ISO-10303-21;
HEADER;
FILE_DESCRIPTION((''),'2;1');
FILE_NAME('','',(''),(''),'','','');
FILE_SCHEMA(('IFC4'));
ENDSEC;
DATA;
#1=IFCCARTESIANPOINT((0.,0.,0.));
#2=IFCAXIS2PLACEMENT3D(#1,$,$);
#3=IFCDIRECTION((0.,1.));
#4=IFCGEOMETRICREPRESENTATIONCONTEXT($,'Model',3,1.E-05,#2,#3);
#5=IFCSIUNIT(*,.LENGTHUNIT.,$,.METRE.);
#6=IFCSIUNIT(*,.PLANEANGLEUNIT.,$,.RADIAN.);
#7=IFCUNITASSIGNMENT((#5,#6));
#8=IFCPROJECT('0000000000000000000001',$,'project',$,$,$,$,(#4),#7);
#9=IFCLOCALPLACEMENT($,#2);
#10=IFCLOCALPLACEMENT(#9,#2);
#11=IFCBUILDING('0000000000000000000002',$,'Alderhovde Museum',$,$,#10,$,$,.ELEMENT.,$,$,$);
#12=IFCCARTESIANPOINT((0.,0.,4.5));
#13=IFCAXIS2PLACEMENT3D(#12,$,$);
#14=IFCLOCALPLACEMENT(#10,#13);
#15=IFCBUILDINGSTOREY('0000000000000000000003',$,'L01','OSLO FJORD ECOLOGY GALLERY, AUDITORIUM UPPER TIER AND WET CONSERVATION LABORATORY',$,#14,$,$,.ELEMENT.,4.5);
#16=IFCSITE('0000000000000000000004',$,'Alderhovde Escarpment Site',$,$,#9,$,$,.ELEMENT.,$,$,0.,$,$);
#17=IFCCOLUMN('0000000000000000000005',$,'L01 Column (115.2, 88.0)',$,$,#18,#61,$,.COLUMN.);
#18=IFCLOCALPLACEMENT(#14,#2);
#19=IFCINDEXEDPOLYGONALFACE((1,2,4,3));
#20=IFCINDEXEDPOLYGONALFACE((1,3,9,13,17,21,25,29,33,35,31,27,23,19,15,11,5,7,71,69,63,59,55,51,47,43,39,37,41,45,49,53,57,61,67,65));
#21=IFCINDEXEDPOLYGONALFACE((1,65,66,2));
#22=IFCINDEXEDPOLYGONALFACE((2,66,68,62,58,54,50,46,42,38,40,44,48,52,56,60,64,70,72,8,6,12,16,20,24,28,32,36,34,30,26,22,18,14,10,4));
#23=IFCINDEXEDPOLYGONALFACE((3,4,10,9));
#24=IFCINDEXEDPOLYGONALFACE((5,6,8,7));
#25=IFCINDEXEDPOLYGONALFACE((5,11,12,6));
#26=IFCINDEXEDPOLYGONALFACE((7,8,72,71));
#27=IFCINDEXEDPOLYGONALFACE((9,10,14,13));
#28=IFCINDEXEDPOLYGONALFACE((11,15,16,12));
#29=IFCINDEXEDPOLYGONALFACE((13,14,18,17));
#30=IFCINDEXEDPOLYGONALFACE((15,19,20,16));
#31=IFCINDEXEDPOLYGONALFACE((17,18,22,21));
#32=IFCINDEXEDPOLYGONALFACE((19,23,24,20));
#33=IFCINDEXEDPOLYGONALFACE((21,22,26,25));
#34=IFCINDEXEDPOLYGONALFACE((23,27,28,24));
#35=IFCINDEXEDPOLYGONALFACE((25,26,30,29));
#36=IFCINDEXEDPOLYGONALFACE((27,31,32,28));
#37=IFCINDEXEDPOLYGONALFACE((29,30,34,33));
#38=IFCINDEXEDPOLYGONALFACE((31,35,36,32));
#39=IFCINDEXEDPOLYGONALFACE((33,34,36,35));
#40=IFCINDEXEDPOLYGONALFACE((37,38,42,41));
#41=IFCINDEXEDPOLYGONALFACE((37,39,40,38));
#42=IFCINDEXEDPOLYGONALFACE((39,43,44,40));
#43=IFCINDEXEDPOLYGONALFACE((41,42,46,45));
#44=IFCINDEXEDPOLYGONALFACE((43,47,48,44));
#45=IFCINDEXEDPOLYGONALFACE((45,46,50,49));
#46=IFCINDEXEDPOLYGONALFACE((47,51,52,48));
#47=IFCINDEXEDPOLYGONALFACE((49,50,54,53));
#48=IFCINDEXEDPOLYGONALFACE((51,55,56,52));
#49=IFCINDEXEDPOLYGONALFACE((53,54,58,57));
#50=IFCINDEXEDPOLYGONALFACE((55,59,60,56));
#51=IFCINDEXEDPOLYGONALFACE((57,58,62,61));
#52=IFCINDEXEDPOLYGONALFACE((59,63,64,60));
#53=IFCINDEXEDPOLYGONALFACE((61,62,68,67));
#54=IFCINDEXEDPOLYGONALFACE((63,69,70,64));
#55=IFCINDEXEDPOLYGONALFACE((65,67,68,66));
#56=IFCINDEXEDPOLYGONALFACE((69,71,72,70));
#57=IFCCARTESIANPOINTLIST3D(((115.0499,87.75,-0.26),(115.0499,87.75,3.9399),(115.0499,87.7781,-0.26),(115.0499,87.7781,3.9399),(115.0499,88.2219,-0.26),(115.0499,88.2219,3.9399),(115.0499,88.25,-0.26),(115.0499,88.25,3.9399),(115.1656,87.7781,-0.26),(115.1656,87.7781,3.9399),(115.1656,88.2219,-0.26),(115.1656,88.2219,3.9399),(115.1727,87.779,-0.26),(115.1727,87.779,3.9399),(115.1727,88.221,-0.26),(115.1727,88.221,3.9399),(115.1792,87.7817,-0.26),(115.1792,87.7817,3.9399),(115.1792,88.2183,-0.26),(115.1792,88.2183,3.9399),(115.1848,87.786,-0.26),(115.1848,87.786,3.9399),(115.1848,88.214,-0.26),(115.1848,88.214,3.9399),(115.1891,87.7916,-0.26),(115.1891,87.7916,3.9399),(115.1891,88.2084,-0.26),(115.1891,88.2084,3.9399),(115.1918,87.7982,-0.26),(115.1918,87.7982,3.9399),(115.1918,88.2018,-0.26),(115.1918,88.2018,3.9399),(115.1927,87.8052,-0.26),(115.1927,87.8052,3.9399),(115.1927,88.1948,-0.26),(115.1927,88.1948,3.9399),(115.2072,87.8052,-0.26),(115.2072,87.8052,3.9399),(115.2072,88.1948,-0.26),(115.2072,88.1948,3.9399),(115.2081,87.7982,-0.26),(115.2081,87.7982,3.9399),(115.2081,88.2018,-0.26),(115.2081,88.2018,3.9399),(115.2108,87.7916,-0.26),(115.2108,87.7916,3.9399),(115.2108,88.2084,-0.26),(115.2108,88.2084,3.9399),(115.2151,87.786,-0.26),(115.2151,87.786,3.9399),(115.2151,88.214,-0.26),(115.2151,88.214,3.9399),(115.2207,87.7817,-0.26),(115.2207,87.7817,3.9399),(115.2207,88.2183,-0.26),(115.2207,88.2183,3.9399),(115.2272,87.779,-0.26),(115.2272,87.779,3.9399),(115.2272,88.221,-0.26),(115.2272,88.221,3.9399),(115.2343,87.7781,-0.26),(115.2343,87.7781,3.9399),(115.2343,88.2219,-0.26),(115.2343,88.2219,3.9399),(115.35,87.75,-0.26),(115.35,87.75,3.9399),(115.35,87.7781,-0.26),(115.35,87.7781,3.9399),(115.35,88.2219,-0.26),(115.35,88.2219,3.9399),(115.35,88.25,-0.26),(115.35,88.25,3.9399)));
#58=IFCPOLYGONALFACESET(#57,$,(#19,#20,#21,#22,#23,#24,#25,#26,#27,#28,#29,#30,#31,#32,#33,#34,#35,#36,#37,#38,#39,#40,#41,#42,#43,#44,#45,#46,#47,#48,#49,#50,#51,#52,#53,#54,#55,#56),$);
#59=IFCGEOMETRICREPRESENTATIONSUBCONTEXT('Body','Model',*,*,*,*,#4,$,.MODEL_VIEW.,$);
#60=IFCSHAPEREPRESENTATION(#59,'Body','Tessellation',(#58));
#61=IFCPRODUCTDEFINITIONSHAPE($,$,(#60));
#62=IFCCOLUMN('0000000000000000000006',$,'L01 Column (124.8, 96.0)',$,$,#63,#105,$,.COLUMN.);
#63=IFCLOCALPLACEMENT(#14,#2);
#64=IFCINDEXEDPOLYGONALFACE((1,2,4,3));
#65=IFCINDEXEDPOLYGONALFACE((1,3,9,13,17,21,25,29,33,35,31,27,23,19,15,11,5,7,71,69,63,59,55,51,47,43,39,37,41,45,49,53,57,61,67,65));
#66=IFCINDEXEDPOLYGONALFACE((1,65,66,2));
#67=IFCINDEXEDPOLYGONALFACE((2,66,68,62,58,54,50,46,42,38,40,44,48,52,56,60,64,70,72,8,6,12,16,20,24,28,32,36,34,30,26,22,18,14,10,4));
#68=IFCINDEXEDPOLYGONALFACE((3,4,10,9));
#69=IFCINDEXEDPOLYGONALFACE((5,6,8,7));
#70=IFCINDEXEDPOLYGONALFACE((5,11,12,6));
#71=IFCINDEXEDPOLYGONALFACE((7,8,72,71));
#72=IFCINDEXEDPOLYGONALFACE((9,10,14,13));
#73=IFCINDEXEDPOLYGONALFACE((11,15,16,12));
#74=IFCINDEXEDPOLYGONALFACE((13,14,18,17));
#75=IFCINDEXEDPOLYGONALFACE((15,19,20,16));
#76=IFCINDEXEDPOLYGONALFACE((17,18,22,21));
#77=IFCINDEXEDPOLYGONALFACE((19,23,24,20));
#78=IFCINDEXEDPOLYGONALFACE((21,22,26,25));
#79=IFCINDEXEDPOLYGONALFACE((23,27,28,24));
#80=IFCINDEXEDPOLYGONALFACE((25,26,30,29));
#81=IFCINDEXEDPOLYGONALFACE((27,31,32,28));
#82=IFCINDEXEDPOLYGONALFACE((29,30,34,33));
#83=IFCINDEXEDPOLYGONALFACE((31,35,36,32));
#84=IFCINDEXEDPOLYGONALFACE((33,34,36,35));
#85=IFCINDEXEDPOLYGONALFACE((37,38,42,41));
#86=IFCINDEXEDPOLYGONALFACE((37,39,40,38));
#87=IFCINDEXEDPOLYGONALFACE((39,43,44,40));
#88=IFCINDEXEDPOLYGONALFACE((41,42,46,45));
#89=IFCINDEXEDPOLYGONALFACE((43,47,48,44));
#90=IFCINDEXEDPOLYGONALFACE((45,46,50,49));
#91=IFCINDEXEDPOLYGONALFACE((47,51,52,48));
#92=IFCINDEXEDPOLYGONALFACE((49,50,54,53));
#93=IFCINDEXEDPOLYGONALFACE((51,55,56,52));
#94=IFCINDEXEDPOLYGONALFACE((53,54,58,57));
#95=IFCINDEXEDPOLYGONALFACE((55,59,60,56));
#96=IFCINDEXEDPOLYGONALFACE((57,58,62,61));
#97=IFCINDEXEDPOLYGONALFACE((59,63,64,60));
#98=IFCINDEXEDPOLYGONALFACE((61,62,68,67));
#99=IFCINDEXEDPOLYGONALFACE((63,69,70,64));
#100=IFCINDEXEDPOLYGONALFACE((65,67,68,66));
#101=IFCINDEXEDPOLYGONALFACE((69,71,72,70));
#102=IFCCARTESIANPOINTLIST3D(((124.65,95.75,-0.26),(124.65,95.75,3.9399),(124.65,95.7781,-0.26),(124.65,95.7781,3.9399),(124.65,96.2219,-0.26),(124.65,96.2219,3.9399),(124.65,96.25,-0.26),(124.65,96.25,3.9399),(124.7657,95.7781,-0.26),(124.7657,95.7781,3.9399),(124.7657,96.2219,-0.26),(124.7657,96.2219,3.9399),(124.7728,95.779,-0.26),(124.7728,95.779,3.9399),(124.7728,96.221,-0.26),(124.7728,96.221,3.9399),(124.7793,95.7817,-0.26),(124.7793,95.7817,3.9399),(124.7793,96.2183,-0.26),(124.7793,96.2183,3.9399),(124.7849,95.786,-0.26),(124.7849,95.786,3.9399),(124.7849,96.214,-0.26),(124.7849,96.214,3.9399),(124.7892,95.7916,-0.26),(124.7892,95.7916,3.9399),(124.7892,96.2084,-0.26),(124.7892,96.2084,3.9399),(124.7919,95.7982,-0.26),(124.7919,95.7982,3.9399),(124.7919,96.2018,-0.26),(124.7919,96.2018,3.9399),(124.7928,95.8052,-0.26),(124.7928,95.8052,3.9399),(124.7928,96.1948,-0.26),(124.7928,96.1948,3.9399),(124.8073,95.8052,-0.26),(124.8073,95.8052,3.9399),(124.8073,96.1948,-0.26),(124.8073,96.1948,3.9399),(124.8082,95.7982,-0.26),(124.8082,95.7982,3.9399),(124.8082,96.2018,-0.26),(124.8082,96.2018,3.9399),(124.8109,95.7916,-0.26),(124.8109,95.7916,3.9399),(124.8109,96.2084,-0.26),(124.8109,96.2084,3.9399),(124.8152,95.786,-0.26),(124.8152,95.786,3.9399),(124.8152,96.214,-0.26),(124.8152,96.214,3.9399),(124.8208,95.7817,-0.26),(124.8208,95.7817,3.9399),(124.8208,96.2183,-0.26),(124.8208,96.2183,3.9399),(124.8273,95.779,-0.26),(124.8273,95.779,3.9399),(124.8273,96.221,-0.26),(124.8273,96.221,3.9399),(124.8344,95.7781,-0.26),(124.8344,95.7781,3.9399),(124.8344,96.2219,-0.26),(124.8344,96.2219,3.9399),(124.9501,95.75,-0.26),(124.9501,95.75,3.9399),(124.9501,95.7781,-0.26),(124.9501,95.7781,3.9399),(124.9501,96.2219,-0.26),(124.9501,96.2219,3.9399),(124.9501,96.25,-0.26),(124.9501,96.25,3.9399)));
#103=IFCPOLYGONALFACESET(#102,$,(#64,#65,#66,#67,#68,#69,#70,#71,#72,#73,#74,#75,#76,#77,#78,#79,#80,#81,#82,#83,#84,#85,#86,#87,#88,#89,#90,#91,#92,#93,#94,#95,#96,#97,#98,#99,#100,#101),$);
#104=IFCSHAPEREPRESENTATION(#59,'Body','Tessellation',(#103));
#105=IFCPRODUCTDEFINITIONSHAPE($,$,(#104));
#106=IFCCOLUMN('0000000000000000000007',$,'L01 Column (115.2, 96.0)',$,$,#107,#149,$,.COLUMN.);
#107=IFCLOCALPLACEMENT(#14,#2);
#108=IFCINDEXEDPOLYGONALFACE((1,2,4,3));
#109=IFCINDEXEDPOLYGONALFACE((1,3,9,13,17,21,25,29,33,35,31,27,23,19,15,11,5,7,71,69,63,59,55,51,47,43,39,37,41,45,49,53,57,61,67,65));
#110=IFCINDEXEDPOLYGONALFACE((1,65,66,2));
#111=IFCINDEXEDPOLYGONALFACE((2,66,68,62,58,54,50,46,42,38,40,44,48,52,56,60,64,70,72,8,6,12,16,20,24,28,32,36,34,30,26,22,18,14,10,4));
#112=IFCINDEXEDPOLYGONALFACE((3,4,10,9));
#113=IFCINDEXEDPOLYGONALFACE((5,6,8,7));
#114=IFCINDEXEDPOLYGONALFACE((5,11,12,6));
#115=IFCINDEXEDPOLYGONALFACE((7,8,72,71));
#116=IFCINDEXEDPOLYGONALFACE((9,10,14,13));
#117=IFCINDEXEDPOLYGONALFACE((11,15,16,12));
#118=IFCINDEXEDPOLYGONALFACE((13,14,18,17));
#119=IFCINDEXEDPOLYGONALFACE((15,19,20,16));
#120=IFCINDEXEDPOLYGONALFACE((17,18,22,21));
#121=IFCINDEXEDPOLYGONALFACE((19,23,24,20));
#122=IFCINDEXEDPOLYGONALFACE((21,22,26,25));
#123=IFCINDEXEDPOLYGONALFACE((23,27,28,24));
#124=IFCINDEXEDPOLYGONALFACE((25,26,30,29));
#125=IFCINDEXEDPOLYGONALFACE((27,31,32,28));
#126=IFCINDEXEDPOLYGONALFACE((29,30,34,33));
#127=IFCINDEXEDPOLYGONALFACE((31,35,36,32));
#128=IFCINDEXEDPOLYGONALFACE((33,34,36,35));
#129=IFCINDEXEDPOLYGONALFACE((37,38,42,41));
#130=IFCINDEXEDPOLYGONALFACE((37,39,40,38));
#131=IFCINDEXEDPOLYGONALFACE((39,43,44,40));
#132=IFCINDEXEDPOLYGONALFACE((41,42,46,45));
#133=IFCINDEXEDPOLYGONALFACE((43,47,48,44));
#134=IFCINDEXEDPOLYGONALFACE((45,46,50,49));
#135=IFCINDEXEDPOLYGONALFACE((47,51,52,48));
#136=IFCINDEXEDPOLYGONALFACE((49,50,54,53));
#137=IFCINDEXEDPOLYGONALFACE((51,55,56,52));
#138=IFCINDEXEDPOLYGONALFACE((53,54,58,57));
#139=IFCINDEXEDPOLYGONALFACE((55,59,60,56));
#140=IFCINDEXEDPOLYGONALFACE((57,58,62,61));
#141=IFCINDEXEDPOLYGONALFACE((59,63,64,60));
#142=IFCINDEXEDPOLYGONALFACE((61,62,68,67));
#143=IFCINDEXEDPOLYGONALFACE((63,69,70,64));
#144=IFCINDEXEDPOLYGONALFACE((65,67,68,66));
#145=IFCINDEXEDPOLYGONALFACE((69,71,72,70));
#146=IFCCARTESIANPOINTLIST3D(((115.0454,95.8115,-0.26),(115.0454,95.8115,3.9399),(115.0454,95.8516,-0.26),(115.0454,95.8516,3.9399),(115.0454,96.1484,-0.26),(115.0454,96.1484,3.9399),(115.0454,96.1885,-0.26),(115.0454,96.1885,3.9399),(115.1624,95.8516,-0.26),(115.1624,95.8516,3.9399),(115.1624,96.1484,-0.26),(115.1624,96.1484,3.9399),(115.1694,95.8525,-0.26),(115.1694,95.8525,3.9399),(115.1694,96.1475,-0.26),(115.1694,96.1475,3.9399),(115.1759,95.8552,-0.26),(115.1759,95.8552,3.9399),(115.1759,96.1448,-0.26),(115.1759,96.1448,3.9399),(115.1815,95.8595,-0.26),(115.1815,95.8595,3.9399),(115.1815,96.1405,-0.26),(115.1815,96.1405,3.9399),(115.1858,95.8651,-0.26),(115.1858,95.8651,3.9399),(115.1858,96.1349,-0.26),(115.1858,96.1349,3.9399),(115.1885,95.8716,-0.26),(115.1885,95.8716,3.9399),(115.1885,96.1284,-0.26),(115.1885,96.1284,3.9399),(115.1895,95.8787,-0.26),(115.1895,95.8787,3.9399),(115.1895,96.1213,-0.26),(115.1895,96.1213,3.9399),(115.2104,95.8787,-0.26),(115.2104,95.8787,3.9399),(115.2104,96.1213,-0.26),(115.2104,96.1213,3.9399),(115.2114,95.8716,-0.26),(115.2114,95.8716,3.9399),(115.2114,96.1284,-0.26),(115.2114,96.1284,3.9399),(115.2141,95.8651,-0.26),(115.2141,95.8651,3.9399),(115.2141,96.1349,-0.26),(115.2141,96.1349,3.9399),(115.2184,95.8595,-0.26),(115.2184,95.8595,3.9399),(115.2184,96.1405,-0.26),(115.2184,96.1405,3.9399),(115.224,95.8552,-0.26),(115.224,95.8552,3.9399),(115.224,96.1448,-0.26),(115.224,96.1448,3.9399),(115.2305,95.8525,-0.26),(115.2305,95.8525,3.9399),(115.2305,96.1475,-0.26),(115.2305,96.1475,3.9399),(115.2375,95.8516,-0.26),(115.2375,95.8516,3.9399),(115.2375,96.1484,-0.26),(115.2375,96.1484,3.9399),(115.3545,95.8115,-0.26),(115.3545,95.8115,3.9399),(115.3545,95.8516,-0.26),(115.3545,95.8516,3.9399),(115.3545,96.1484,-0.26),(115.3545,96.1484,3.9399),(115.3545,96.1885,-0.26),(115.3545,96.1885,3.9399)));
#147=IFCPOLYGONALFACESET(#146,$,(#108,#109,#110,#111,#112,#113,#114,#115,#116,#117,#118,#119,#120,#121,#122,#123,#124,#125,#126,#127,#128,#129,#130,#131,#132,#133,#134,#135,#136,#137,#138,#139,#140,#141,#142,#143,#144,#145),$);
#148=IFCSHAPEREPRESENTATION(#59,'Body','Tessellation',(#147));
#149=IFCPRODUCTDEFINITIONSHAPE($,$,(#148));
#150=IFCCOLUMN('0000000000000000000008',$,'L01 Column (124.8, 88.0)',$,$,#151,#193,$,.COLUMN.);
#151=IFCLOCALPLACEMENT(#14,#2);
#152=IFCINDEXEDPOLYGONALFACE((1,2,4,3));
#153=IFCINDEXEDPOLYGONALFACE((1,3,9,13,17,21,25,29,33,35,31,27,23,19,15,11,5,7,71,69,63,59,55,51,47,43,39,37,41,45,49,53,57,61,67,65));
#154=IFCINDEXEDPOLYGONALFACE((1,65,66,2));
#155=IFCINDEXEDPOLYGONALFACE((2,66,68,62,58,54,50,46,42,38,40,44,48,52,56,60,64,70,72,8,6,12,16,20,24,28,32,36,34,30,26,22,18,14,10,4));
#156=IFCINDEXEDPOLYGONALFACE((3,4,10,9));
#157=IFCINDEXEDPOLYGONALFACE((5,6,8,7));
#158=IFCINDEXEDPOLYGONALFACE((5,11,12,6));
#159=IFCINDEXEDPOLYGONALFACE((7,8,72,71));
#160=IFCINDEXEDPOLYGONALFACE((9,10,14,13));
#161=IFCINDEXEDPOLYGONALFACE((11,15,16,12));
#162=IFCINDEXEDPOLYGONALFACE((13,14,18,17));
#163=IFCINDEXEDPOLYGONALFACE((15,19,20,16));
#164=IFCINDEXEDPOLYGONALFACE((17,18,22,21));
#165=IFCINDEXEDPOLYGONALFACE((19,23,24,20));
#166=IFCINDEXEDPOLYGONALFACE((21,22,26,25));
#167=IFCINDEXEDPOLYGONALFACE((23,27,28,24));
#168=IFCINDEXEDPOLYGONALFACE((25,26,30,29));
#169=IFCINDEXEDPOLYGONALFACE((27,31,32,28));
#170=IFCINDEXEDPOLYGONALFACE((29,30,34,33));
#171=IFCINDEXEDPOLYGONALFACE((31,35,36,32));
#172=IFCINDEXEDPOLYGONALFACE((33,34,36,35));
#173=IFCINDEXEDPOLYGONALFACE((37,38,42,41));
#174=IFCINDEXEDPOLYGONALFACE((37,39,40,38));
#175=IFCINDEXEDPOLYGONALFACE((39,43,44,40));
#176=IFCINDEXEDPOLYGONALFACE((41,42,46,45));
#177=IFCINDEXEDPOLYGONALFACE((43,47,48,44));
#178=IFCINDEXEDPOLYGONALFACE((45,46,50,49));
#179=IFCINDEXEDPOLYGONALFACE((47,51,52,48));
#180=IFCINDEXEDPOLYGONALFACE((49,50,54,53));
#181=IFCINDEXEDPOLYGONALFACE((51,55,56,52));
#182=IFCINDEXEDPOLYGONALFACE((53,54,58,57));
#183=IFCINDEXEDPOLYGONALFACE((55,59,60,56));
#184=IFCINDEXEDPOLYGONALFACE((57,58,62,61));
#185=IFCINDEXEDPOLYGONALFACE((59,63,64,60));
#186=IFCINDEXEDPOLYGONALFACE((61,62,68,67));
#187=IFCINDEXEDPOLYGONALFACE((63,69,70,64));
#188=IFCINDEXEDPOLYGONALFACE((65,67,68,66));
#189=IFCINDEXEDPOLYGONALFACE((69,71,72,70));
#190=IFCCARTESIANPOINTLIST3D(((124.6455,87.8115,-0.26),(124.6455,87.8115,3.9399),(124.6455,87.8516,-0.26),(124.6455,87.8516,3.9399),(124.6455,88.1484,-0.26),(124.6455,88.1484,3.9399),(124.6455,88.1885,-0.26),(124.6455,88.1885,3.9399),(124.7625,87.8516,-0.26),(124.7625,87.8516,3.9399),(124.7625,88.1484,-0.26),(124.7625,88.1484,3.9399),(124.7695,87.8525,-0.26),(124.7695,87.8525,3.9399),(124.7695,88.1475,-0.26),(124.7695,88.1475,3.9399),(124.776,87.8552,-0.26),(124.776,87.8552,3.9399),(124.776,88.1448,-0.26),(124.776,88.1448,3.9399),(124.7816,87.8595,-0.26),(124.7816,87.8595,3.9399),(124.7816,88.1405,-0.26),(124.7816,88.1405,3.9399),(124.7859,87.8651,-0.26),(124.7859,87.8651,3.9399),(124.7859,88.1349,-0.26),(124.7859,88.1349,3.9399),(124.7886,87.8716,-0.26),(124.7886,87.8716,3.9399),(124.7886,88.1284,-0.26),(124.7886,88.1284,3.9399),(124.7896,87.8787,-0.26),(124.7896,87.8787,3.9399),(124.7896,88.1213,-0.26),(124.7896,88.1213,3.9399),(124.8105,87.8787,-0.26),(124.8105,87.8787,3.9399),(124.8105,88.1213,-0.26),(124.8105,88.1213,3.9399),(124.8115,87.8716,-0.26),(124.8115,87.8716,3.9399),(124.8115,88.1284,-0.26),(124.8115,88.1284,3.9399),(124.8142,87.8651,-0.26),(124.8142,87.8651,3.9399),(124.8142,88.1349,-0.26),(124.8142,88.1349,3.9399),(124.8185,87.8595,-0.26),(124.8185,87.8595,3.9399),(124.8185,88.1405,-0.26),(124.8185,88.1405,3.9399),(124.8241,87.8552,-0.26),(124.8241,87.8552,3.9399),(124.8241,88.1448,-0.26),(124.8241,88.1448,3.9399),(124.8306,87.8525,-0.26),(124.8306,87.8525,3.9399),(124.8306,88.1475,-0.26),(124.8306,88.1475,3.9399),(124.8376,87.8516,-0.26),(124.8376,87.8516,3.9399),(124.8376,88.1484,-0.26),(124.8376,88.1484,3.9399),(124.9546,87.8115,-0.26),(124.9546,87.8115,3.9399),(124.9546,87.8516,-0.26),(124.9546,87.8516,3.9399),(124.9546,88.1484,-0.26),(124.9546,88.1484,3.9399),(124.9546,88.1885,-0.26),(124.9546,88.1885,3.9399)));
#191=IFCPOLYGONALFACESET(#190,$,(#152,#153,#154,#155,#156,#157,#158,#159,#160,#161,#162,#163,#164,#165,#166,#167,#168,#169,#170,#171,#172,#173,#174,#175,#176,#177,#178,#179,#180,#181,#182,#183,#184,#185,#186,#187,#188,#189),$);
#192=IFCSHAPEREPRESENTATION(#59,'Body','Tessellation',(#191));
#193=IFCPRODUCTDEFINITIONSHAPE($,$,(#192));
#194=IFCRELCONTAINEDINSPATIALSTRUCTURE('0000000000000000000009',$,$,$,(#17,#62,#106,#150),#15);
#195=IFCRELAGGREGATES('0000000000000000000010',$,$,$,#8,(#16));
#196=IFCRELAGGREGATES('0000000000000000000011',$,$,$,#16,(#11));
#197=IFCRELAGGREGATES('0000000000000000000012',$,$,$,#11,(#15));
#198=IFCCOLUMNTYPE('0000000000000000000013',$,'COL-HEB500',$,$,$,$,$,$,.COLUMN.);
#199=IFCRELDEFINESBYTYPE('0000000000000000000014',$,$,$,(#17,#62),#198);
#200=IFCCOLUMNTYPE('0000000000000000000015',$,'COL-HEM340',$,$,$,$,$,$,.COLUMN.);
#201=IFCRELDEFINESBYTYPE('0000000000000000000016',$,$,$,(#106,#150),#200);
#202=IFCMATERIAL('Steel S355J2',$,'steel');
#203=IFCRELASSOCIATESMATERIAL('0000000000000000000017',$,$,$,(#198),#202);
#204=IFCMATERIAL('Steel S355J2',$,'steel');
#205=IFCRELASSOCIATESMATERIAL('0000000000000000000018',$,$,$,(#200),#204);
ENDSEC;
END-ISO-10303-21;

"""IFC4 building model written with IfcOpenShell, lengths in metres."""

from ifc_helpers import new_model, si_unit, direction, frame, origin, origin_2d, place, context, subcontext, project, spatial, i_section, extrude, material, material_profile, profile_set, type_object, element, save


model = new_model("IFC4")

# Units and contexts
model_context = context("Model", 3, precision=1e-05, world=origin(), true_north=direction((0.0, 1.0)))
body_context = subcontext(model_context, "Body", "Model", "MODEL_VIEW")
ifc_project = project(units=[si_unit("LENGTHUNIT", "METRE"), si_unit("PLANEANGLEUNIT", "RADIAN")], contexts=[model_context])

# Site, building, storey
site_placement = place(None, origin())
site = spatial("IfcSite", under=ifc_project, at=site_placement, Name="Alderhovde Escarpment Site", CompositionType="ELEMENT", RefElevation=0.0)
building_placement = place(site_placement, origin())
building = spatial("IfcBuilding", under=site, at=building_placement, Name="Alderhovde Museum", CompositionType="ELEMENT")
storey_placement = place(building_placement, frame((0.0, 0.0, 4.5)))
storey = spatial("IfcBuildingStorey", under=building, at=storey_placement, Name="L01", Description="OSLO FJORD ECOLOGY GALLERY, AUDITORIUM UPPER TIER AND WET CONSERVATION LABORATORY", CompositionType="ELEMENT", Elevation=4.5)

# Columns
ifc_material_1 = material(Name="Steel S355J2", Category="steel")
ifc_material_profile_1 = material_profile(ifc_material_1, i_section(OverallWidth=0.3, OverallDepth=0.5, WebThickness=0.0144, FlangeThickness=0.0281, FilletRadius=0.0271, at=origin_2d()), Name="HEB 500")
ifc_profile_set_1 = profile_set([ifc_material_profile_1], Name="Steel S355J2")
column_type_1 = type_object("IfcColumnType", Name="COL-HEB500", PredefinedType="COLUMN", material=ifc_profile_set_1)
for number, where, z_axis, x_axis, name in (
    (1, (115.2, 88.0, -0.26), (0.0, 0.0, 1.0), (1.0, 0.0, 0.0), "L01 Column (115.2, 88.0)"),
    (2, (124.8, 96.0, -0.26), (0.0, 0.0, 1.0), (1.0, 0.0, 0.0), "L01 Column (124.8, 96.0)"),
):
    element("IfcColumn", number, at=place(storey_placement, frame(where, z_axis=z_axis, x_axis=x_axis)), inside=storey, type_object=column_type_1, Name=name, PredefinedType="COLUMN", context=body_context, shape_type="SweptSolid", body=[
        extrude(i_section(OverallWidth=0.3, OverallDepth=0.5, WebThickness=0.0144, FlangeThickness=0.0281, FilletRadius=0.0271, at=origin_2d()), origin(), (0.0, 0.0, 1.0), 4.2),
    ])
ifc_material_2 = material(Name="Steel S355J2", Category="steel")
ifc_material_profile_2 = material_profile(ifc_material_2, i_section(OverallWidth=0.3091, OverallDepth=0.377, WebThickness=0.021, FlangeThickness=0.04, FilletRadius=0.0271, at=origin_2d()), Name="HEM 340")
ifc_profile_set_2 = profile_set([ifc_material_profile_2], Name="Steel S355J2")
column_type_2 = type_object("IfcColumnType", Name="COL-HEM340", PredefinedType="COLUMN", material=ifc_profile_set_2)
for number, where, z_axis, x_axis, name in (
    (3, (115.2, 96.0, -0.26), (0.0, 0.0, 1.0), (1.0, 0.0, 0.0), "L01 Column (115.2, 96.0)"),
    (4, (124.8, 88.0, -0.26), (0.0, 0.0, 1.0), (1.0, 0.0, 0.0), "L01 Column (124.8, 88.0)"),
):
    element("IfcColumn", number, at=place(storey_placement, frame(where, z_axis=z_axis, x_axis=x_axis)), inside=storey, type_object=column_type_2, Name=name, PredefinedType="COLUMN", context=body_context, shape_type="SweptSolid", body=[
        extrude(i_section(OverallWidth=0.3091, OverallDepth=0.377, WebThickness=0.021, FlangeThickness=0.04, FilletRadius=0.0271, at=origin_2d()), origin(), (0.0, 0.0, 1.0), 4.2),
    ])

save(model, "model.ifc")
